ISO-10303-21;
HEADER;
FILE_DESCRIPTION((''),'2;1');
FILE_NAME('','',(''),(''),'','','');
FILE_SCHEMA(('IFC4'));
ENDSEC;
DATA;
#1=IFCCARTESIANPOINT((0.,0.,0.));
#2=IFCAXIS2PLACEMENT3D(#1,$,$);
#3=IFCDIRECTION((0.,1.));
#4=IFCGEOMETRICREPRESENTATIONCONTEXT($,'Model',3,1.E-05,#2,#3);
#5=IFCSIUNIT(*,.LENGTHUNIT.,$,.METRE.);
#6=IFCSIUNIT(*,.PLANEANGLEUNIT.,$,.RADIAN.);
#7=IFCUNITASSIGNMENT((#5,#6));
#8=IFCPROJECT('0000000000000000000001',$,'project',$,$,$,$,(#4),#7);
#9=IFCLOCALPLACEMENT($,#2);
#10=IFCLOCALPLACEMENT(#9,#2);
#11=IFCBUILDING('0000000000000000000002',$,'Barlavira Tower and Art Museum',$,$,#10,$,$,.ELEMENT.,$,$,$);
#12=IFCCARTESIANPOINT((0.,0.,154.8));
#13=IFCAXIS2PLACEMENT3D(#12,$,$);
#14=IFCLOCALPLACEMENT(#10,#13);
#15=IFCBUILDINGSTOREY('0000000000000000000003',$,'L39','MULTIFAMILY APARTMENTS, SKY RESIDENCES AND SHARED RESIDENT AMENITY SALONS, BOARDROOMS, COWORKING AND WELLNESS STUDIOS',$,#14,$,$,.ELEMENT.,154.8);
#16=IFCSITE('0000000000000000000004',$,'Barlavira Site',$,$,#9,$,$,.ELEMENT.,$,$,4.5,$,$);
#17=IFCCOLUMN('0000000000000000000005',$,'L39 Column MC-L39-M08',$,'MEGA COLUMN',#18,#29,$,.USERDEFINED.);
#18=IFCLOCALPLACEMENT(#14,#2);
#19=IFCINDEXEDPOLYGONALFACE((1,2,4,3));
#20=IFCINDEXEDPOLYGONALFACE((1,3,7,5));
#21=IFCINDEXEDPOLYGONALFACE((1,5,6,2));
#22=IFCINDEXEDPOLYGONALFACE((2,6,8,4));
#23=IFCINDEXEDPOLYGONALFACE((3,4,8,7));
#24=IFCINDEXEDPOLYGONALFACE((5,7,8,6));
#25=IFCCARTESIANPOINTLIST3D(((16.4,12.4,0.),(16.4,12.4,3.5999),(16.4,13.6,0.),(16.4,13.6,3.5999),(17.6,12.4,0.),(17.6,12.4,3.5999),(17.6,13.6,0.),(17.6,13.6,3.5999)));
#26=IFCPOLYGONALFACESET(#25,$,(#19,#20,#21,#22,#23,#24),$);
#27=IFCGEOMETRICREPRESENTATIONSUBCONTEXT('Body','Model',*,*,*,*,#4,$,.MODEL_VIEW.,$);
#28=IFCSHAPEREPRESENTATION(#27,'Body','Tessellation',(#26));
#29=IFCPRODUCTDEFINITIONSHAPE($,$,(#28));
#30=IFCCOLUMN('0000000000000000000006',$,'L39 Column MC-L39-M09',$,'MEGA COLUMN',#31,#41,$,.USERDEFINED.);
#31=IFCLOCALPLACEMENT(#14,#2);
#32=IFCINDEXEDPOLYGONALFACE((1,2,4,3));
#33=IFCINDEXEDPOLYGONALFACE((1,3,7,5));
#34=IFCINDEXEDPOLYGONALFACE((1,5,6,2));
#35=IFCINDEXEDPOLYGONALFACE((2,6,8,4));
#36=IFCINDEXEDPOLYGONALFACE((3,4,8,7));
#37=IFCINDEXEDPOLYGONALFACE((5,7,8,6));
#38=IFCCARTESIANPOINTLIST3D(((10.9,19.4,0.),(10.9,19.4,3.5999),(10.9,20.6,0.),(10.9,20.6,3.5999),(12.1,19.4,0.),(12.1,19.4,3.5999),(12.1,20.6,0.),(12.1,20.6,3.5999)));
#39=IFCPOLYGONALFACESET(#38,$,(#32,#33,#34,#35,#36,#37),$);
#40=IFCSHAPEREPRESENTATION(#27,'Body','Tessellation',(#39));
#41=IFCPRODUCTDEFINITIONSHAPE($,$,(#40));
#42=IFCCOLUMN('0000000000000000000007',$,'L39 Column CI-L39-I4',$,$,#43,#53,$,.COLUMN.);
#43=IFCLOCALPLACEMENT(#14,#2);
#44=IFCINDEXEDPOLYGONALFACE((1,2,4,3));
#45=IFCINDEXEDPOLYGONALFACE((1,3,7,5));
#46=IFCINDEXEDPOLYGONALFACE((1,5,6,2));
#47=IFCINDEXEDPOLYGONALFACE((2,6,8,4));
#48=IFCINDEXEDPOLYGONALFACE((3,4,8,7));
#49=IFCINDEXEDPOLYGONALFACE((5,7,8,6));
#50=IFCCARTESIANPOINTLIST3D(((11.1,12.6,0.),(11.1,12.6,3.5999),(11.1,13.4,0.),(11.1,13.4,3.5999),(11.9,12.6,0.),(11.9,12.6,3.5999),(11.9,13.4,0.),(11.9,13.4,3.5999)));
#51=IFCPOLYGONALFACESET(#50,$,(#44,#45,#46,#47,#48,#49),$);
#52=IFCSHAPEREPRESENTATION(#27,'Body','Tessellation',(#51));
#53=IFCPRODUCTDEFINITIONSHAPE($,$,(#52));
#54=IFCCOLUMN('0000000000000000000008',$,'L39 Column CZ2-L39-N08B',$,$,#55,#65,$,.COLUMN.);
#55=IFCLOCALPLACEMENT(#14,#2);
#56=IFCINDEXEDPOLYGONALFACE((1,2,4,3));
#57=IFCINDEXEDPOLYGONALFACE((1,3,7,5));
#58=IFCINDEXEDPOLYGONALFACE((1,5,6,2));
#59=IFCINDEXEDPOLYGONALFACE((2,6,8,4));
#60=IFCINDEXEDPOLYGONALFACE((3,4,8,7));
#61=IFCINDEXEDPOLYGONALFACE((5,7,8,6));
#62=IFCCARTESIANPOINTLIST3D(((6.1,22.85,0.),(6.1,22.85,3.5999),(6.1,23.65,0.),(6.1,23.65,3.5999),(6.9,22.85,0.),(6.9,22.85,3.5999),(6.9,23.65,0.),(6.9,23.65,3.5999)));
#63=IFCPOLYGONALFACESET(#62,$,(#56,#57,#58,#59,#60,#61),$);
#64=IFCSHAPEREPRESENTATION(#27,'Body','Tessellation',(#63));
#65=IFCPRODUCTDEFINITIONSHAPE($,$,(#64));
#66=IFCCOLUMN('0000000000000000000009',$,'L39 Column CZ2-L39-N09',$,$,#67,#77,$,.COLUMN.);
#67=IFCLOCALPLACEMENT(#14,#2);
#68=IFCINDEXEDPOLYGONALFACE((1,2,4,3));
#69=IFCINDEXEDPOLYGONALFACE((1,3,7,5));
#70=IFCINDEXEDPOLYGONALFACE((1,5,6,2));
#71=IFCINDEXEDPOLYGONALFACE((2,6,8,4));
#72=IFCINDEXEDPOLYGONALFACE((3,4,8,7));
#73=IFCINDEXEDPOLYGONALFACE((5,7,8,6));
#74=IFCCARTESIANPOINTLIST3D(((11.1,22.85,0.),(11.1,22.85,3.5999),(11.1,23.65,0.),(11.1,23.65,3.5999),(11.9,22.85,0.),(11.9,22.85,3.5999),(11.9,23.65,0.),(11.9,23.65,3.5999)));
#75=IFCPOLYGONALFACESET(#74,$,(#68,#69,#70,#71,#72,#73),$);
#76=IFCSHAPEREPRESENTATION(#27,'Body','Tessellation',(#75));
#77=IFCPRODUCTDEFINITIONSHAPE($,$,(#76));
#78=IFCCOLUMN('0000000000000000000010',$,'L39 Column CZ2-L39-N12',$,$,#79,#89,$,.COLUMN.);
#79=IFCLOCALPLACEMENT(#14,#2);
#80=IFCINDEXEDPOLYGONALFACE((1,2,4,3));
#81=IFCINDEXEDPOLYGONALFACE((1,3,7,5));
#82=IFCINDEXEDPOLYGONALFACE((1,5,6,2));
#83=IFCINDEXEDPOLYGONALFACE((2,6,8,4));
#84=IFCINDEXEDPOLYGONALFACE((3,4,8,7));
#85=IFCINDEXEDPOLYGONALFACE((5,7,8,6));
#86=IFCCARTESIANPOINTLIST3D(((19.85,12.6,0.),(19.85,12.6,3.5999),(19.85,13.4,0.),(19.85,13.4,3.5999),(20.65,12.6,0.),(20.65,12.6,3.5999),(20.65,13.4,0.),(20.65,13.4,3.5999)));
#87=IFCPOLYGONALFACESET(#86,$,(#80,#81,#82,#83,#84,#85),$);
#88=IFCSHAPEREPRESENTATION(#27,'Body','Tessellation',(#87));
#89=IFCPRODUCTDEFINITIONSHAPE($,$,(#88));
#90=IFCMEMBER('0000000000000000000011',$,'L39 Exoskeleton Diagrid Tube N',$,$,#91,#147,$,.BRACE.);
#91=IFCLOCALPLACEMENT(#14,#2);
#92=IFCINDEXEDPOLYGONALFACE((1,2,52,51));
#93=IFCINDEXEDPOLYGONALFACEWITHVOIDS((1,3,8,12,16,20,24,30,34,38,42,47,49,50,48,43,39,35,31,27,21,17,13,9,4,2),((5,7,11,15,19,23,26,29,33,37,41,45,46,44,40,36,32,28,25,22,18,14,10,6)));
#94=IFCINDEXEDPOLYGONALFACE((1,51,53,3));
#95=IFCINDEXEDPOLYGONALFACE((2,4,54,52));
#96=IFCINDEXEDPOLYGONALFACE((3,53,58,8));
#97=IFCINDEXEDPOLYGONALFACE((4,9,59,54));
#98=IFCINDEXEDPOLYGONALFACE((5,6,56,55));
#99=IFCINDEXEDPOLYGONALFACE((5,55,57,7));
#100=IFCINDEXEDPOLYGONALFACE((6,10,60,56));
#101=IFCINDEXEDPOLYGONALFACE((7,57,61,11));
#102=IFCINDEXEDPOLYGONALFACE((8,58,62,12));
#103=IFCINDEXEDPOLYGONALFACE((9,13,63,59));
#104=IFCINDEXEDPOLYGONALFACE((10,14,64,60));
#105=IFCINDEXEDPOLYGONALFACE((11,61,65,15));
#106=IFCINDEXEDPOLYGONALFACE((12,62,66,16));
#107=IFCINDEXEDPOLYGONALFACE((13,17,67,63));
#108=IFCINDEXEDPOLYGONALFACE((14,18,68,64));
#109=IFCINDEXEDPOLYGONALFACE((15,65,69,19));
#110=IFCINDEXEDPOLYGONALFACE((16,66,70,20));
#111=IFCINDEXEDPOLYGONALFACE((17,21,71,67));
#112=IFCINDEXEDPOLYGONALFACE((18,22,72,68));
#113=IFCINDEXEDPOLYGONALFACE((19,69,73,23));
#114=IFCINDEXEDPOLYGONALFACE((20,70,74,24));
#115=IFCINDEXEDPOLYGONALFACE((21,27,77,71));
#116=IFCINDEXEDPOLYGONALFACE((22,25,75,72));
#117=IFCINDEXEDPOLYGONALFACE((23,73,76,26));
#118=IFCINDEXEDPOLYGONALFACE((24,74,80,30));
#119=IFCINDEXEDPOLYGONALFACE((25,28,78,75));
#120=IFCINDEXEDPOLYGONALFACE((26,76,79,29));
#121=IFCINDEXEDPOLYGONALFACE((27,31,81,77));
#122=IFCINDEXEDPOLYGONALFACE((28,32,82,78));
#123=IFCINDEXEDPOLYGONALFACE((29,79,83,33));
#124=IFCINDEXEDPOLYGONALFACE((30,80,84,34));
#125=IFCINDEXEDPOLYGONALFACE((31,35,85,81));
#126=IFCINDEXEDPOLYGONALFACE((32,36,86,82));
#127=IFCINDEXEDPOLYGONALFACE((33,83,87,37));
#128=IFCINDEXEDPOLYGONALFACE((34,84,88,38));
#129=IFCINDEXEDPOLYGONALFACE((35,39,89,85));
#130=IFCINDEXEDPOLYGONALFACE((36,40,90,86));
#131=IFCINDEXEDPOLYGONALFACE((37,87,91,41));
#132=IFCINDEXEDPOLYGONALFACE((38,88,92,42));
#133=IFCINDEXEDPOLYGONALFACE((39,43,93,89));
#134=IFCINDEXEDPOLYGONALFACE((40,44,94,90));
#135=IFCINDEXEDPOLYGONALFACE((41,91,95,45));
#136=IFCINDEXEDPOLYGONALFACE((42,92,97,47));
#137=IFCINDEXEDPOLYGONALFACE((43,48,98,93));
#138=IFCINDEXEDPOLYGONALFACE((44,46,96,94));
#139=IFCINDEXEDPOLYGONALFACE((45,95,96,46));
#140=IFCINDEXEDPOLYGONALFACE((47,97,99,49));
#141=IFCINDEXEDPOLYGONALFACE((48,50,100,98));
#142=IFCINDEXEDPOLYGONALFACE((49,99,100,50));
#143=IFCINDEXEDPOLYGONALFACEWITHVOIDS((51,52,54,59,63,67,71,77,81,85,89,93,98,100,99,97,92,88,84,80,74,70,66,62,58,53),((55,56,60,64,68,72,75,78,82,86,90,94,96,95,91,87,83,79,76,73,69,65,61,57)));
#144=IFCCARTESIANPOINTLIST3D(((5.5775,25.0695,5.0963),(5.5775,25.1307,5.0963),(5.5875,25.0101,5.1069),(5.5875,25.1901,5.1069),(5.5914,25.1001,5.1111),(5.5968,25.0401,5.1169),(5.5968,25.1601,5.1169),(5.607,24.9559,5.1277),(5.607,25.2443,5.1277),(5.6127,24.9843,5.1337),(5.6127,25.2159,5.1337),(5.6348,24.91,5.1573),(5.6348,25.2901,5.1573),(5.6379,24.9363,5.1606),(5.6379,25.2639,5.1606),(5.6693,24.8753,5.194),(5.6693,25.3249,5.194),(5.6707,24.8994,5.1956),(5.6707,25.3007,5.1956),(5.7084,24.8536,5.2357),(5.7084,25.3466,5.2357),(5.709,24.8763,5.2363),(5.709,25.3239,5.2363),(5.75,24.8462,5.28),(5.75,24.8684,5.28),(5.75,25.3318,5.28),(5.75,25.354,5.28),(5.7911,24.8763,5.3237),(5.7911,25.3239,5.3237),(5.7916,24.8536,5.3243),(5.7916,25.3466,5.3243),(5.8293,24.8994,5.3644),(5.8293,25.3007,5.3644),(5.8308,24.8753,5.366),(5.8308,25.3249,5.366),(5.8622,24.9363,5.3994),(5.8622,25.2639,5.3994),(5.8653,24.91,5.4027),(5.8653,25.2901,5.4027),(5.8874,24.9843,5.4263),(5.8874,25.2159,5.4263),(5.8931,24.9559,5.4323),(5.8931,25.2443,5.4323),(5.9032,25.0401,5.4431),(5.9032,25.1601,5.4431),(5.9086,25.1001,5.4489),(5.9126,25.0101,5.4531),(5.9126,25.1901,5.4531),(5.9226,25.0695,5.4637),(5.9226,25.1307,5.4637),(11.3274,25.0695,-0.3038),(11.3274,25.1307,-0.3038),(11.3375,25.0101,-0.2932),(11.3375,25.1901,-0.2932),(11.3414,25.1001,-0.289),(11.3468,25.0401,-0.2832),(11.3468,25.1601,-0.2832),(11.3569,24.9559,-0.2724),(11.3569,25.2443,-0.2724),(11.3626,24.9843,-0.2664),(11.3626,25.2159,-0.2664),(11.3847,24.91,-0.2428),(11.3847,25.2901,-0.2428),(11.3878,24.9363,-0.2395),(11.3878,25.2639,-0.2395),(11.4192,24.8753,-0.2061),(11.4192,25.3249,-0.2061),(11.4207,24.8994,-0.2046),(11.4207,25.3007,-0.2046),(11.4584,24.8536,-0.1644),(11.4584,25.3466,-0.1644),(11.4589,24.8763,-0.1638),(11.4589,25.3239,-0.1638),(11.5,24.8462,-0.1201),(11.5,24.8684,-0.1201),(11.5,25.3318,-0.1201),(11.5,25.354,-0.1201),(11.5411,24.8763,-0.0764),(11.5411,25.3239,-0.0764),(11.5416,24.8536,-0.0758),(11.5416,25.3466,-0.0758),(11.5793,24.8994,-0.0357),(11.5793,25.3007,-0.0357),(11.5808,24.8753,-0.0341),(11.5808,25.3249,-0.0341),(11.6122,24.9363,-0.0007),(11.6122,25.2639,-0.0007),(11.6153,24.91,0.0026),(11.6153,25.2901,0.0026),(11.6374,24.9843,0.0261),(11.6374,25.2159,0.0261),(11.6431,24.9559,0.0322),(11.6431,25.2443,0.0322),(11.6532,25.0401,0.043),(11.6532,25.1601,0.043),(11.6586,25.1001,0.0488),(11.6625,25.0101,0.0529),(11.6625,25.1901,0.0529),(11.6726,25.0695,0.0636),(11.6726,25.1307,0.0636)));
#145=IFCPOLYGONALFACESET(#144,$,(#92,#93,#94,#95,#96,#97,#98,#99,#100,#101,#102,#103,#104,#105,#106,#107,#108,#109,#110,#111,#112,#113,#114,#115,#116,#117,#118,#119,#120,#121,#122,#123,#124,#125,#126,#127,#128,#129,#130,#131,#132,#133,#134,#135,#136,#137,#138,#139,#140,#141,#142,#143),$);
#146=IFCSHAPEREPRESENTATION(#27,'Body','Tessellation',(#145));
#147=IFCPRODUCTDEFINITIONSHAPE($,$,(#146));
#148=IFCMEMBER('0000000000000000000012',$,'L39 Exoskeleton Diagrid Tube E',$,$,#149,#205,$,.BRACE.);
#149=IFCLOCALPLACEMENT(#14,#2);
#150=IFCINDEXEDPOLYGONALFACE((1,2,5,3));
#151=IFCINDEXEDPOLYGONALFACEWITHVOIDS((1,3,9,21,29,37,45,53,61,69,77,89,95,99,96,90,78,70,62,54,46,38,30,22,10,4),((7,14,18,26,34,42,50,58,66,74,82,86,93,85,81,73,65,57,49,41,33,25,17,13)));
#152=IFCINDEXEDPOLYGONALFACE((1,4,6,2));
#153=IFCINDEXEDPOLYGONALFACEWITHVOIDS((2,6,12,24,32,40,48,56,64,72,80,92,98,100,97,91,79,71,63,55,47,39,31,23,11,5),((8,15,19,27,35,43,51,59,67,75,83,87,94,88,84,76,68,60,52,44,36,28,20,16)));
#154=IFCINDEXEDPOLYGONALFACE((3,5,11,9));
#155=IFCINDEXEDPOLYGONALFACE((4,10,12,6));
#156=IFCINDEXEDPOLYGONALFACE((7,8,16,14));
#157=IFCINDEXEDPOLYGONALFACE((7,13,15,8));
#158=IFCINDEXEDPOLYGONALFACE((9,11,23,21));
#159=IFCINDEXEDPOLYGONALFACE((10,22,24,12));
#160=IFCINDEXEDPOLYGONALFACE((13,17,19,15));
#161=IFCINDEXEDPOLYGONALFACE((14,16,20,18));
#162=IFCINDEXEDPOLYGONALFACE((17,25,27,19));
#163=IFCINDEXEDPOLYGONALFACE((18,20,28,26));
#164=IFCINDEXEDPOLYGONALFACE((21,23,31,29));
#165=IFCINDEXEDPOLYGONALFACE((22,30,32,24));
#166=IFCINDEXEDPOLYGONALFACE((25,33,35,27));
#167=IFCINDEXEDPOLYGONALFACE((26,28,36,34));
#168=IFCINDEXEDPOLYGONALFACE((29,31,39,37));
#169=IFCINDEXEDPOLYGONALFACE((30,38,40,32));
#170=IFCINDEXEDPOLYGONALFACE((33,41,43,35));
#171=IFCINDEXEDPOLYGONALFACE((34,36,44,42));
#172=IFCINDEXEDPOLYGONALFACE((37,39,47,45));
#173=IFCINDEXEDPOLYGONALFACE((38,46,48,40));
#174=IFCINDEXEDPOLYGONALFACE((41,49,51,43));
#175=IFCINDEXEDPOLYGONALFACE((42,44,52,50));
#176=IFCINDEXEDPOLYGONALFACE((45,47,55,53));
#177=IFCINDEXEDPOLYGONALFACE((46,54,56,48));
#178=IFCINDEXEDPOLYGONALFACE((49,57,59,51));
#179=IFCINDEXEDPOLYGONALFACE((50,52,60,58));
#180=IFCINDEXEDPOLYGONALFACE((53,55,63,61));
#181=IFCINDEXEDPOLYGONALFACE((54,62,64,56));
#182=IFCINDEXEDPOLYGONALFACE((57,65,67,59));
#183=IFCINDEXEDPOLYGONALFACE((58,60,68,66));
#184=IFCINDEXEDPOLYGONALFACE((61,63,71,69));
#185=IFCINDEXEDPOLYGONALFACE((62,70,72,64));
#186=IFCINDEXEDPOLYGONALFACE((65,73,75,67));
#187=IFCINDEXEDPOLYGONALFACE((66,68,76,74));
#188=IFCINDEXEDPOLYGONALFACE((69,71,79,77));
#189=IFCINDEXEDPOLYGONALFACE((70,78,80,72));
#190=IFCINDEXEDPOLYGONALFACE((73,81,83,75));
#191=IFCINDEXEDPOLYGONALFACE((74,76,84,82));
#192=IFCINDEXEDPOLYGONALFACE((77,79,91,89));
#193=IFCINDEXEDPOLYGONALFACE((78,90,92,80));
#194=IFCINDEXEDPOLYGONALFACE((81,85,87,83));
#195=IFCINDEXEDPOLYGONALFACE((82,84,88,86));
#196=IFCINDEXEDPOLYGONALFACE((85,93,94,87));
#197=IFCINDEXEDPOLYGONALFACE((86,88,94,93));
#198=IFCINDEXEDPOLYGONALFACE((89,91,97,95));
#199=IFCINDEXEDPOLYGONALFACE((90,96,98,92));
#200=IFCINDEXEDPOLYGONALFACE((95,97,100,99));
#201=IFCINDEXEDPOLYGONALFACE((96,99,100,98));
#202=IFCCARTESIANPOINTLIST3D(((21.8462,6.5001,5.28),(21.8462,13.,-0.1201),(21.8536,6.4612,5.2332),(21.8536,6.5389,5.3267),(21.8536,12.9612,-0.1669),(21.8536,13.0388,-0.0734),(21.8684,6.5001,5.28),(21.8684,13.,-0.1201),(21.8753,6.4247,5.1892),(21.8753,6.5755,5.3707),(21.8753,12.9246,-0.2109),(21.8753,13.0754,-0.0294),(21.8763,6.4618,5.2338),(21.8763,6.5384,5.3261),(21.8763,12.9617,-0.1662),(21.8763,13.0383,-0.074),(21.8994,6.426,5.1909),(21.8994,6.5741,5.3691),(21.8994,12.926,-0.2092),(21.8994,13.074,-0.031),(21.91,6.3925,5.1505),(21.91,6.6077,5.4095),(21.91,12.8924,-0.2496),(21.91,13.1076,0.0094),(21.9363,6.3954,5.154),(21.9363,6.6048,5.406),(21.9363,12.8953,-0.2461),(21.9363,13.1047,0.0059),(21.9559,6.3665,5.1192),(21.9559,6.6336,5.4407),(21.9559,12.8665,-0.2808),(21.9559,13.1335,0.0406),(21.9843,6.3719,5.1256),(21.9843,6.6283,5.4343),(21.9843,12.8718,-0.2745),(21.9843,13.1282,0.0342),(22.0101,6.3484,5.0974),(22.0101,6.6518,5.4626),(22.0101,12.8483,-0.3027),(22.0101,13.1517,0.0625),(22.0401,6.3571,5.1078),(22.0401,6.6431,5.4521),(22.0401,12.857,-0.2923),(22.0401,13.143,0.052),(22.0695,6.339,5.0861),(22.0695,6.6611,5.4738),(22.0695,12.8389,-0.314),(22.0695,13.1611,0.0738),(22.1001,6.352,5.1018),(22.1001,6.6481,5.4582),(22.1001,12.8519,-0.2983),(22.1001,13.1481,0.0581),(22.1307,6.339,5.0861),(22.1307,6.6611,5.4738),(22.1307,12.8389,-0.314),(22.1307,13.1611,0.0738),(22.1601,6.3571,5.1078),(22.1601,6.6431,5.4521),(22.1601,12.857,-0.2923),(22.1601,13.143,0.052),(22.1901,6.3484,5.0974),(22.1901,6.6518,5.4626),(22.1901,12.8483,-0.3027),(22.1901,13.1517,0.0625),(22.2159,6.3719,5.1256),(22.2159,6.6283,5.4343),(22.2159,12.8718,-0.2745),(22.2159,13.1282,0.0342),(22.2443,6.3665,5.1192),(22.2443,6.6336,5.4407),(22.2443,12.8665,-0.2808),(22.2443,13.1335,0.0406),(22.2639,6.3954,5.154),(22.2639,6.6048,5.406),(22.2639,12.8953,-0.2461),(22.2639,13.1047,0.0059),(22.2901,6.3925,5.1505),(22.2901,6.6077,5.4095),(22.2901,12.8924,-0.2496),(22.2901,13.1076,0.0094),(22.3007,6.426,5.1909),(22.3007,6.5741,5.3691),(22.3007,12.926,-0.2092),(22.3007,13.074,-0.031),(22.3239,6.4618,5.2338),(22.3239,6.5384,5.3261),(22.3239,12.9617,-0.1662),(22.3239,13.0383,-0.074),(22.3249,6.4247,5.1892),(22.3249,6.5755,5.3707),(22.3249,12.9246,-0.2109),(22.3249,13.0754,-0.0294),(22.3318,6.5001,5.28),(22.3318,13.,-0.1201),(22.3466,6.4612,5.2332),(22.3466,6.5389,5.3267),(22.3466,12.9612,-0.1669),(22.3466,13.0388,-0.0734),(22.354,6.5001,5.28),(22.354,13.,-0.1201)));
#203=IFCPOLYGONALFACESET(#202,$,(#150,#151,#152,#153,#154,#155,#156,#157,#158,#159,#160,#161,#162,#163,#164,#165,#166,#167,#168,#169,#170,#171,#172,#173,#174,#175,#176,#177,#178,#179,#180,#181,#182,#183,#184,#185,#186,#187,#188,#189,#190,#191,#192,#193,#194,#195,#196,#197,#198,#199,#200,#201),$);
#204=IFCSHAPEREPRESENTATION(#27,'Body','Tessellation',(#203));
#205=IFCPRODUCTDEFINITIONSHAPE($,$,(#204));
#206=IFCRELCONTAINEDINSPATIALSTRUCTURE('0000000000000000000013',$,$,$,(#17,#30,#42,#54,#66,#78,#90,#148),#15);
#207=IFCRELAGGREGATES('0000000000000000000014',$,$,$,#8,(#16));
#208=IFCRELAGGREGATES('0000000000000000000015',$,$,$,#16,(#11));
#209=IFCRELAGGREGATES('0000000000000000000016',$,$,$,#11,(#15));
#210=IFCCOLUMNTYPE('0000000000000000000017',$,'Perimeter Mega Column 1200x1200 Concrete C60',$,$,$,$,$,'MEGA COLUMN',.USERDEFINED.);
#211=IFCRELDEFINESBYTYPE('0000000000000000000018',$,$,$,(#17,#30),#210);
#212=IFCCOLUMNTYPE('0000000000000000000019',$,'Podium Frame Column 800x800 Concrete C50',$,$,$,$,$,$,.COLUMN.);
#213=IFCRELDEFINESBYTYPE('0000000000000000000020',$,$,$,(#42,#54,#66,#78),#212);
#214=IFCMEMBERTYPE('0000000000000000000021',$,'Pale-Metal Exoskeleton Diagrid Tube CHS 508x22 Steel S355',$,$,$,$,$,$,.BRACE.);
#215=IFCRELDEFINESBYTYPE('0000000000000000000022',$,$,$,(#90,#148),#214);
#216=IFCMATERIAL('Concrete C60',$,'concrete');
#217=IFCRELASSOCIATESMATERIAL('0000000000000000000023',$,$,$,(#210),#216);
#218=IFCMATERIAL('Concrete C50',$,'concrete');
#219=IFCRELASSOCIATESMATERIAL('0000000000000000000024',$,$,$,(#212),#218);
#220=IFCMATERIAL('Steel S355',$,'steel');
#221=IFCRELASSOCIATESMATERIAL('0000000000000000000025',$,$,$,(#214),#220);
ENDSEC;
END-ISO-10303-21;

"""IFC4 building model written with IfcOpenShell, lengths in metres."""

from ifc_helpers import new_model, si_unit, direction, frame, origin, origin_2d, place, context, subcontext, project, spatial, rectangle, hollow_circle, extrude, material, material_profile, profile_set, type_object, element, save


model = new_model("IFC4")

# Units and contexts
model_context = context("Model", 3, precision=1e-05, world=origin(), true_north=direction((0.0, 1.0)))
body_context = subcontext(model_context, "Body", "Model", "MODEL_VIEW")
ifc_project = project(units=[si_unit("LENGTHUNIT", "METRE"), si_unit("PLANEANGLEUNIT", "RADIAN")], contexts=[model_context])

# Site, building, storey
site_placement = place(None, origin())
site = spatial("IfcSite", under=ifc_project, at=site_placement, Name="Barlavira Site", CompositionType="ELEMENT", RefElevation=4.5)
building_placement = place(site_placement, origin())
building = spatial("IfcBuilding", under=site, at=building_placement, Name="Barlavira Tower and Art Museum", CompositionType="ELEMENT")
storey_placement = place(building_placement, frame((0.0, 0.0, 154.8)))
storey = spatial("IfcBuildingStorey", under=building, at=storey_placement, Name="L39", Description="MULTIFAMILY APARTMENTS, SKY RESIDENCES AND SHARED RESIDENT AMENITY SALONS, BOARDROOMS, COWORKING AND WELLNESS STUDIOS", CompositionType="ELEMENT", Elevation=154.8)

# Columns
ifc_material_1 = material(Name="Concrete C60", Category="concrete")
ifc_material_profile_1 = material_profile(ifc_material_1, rectangle(XDim=1.2, YDim=1.2, at=origin_2d()), Name="RC-COL 1200x1200")
ifc_profile_set_1 = profile_set([ifc_material_profile_1], Name="Concrete C60")
column_type_1 = type_object("IfcColumnType", Name="Perimeter Mega Column 1200x1200 Concrete C60", ElementType="MEGA COLUMN", PredefinedType="USERDEFINED", material=ifc_profile_set_1)
for number, where, z_axis, x_axis, name in (
    (1, (17.0, 13.0, 0.0), (0.0, 0.0, 1.0), (1.0, 0.0, 0.0), "L39 Column MC-L39-M08"),
    (2, (11.5, 20.0, 0.0), (0.0, 0.0, 1.0), (1.0, 0.0, 0.0), "L39 Column MC-L39-M09"),
):
    element("IfcColumn", number, at=place(storey_placement, frame(where, z_axis=z_axis, x_axis=x_axis)), inside=storey, type_object=column_type_1, Name=name, ObjectType="MEGA COLUMN", PredefinedType="USERDEFINED", context=body_context, shape_type="SweptSolid", body=[
        extrude(rectangle(XDim=1.2, YDim=1.2, at=origin_2d()), origin(), (0.0, 0.0, 1.0), 3.5999),
    ])
ifc_material_2 = material(Name="Concrete C50", Category="concrete")
ifc_material_profile_2 = material_profile(ifc_material_2, rectangle(XDim=0.8, YDim=0.8, at=origin_2d()), Name="RC-COL 800x800")
ifc_profile_set_2 = profile_set([ifc_material_profile_2], Name="Concrete C50")
column_type_2 = type_object("IfcColumnType", Name="Podium Frame Column 800x800 Concrete C50", PredefinedType="COLUMN", material=ifc_profile_set_2)
for number, where, z_axis, x_axis, name in (
    (3, (11.5, 13.0, 0.0), (0.0, 0.0, 1.0), (1.0, 0.0, 0.0), "L39 Column CI-L39-I4"),
    (4, (6.5, 23.25, 0.0), (0.0, 0.0, 1.0), (1.0, 0.0, 0.0), "L39 Column CZ2-L39-N08B"),
    (5, (11.5, 23.25, 0.0), (0.0, 0.0, 1.0), (1.0, 0.0, 0.0), "L39 Column CZ2-L39-N09"),
    (6, (20.25, 13.0, 0.0), (0.0, 0.0, 1.0), (1.0, 0.0, 0.0), "L39 Column CZ2-L39-N12"),
):
    element("IfcColumn", number, at=place(storey_placement, frame(where, z_axis=z_axis, x_axis=x_axis)), inside=storey, type_object=column_type_2, Name=name, PredefinedType="COLUMN", context=body_context, shape_type="SweptSolid", body=[
        extrude(rectangle(XDim=0.8, YDim=0.8, at=origin_2d()), origin(), (0.0, 0.0, 1.0), 3.5999),
    ])

# Members
ifc_material_3 = material(Name="Steel S355", Category="steel")
ifc_material_profile_3 = material_profile(ifc_material_3, hollow_circle(Radius=0.2539, WallThickness=0.0222, at=origin_2d()), Name="CHS 508.0x22.2")
ifc_profile_set_3 = profile_set([ifc_material_profile_3], Name="Steel S355")
member_type_1 = type_object("IfcMemberType", Name="Pale-Metal Exoskeleton Diagrid Tube CHS 508x22 Steel S355", PredefinedType="BRACE", material=ifc_profile_set_3)
member_1_placement = place(storey_placement, frame((11.5, 25.1001, -0.1201), z_axis=(-0.728935, 0.0, 0.684583), x_axis=(0.0, -1.0, 0.0)))
element("IfcMember", 7, at=member_1_placement, inside=storey, type_object=member_type_1, Name="L39 Exoskeleton Diagrid Tube N", PredefinedType="BRACE", context=body_context, shape_type="SweptSolid", body=[
    extrude(hollow_circle(Radius=0.2539, WallThickness=0.0222, at=origin_2d()), origin(), (0.0, 0.0, 1.0), 7.8882),
])
member_2_placement = place(storey_placement, frame((22.1001, 13.0, -0.1201), z_axis=(0.0, -0.769182, 0.63903), x_axis=(1.0, 0.0, 0.0)))
element("IfcMember", 8, at=member_2_placement, inside=storey, type_object=member_type_1, Name="L39 Exoskeleton Diagrid Tube E", PredefinedType="BRACE", context=body_context, shape_type="SweptSolid", body=[
    extrude(hollow_circle(Radius=0.2539, WallThickness=0.0222, at=origin_2d()), origin(), (0.0, 0.0, 1.0), 8.4504),
])

save(model, "model.ifc")
